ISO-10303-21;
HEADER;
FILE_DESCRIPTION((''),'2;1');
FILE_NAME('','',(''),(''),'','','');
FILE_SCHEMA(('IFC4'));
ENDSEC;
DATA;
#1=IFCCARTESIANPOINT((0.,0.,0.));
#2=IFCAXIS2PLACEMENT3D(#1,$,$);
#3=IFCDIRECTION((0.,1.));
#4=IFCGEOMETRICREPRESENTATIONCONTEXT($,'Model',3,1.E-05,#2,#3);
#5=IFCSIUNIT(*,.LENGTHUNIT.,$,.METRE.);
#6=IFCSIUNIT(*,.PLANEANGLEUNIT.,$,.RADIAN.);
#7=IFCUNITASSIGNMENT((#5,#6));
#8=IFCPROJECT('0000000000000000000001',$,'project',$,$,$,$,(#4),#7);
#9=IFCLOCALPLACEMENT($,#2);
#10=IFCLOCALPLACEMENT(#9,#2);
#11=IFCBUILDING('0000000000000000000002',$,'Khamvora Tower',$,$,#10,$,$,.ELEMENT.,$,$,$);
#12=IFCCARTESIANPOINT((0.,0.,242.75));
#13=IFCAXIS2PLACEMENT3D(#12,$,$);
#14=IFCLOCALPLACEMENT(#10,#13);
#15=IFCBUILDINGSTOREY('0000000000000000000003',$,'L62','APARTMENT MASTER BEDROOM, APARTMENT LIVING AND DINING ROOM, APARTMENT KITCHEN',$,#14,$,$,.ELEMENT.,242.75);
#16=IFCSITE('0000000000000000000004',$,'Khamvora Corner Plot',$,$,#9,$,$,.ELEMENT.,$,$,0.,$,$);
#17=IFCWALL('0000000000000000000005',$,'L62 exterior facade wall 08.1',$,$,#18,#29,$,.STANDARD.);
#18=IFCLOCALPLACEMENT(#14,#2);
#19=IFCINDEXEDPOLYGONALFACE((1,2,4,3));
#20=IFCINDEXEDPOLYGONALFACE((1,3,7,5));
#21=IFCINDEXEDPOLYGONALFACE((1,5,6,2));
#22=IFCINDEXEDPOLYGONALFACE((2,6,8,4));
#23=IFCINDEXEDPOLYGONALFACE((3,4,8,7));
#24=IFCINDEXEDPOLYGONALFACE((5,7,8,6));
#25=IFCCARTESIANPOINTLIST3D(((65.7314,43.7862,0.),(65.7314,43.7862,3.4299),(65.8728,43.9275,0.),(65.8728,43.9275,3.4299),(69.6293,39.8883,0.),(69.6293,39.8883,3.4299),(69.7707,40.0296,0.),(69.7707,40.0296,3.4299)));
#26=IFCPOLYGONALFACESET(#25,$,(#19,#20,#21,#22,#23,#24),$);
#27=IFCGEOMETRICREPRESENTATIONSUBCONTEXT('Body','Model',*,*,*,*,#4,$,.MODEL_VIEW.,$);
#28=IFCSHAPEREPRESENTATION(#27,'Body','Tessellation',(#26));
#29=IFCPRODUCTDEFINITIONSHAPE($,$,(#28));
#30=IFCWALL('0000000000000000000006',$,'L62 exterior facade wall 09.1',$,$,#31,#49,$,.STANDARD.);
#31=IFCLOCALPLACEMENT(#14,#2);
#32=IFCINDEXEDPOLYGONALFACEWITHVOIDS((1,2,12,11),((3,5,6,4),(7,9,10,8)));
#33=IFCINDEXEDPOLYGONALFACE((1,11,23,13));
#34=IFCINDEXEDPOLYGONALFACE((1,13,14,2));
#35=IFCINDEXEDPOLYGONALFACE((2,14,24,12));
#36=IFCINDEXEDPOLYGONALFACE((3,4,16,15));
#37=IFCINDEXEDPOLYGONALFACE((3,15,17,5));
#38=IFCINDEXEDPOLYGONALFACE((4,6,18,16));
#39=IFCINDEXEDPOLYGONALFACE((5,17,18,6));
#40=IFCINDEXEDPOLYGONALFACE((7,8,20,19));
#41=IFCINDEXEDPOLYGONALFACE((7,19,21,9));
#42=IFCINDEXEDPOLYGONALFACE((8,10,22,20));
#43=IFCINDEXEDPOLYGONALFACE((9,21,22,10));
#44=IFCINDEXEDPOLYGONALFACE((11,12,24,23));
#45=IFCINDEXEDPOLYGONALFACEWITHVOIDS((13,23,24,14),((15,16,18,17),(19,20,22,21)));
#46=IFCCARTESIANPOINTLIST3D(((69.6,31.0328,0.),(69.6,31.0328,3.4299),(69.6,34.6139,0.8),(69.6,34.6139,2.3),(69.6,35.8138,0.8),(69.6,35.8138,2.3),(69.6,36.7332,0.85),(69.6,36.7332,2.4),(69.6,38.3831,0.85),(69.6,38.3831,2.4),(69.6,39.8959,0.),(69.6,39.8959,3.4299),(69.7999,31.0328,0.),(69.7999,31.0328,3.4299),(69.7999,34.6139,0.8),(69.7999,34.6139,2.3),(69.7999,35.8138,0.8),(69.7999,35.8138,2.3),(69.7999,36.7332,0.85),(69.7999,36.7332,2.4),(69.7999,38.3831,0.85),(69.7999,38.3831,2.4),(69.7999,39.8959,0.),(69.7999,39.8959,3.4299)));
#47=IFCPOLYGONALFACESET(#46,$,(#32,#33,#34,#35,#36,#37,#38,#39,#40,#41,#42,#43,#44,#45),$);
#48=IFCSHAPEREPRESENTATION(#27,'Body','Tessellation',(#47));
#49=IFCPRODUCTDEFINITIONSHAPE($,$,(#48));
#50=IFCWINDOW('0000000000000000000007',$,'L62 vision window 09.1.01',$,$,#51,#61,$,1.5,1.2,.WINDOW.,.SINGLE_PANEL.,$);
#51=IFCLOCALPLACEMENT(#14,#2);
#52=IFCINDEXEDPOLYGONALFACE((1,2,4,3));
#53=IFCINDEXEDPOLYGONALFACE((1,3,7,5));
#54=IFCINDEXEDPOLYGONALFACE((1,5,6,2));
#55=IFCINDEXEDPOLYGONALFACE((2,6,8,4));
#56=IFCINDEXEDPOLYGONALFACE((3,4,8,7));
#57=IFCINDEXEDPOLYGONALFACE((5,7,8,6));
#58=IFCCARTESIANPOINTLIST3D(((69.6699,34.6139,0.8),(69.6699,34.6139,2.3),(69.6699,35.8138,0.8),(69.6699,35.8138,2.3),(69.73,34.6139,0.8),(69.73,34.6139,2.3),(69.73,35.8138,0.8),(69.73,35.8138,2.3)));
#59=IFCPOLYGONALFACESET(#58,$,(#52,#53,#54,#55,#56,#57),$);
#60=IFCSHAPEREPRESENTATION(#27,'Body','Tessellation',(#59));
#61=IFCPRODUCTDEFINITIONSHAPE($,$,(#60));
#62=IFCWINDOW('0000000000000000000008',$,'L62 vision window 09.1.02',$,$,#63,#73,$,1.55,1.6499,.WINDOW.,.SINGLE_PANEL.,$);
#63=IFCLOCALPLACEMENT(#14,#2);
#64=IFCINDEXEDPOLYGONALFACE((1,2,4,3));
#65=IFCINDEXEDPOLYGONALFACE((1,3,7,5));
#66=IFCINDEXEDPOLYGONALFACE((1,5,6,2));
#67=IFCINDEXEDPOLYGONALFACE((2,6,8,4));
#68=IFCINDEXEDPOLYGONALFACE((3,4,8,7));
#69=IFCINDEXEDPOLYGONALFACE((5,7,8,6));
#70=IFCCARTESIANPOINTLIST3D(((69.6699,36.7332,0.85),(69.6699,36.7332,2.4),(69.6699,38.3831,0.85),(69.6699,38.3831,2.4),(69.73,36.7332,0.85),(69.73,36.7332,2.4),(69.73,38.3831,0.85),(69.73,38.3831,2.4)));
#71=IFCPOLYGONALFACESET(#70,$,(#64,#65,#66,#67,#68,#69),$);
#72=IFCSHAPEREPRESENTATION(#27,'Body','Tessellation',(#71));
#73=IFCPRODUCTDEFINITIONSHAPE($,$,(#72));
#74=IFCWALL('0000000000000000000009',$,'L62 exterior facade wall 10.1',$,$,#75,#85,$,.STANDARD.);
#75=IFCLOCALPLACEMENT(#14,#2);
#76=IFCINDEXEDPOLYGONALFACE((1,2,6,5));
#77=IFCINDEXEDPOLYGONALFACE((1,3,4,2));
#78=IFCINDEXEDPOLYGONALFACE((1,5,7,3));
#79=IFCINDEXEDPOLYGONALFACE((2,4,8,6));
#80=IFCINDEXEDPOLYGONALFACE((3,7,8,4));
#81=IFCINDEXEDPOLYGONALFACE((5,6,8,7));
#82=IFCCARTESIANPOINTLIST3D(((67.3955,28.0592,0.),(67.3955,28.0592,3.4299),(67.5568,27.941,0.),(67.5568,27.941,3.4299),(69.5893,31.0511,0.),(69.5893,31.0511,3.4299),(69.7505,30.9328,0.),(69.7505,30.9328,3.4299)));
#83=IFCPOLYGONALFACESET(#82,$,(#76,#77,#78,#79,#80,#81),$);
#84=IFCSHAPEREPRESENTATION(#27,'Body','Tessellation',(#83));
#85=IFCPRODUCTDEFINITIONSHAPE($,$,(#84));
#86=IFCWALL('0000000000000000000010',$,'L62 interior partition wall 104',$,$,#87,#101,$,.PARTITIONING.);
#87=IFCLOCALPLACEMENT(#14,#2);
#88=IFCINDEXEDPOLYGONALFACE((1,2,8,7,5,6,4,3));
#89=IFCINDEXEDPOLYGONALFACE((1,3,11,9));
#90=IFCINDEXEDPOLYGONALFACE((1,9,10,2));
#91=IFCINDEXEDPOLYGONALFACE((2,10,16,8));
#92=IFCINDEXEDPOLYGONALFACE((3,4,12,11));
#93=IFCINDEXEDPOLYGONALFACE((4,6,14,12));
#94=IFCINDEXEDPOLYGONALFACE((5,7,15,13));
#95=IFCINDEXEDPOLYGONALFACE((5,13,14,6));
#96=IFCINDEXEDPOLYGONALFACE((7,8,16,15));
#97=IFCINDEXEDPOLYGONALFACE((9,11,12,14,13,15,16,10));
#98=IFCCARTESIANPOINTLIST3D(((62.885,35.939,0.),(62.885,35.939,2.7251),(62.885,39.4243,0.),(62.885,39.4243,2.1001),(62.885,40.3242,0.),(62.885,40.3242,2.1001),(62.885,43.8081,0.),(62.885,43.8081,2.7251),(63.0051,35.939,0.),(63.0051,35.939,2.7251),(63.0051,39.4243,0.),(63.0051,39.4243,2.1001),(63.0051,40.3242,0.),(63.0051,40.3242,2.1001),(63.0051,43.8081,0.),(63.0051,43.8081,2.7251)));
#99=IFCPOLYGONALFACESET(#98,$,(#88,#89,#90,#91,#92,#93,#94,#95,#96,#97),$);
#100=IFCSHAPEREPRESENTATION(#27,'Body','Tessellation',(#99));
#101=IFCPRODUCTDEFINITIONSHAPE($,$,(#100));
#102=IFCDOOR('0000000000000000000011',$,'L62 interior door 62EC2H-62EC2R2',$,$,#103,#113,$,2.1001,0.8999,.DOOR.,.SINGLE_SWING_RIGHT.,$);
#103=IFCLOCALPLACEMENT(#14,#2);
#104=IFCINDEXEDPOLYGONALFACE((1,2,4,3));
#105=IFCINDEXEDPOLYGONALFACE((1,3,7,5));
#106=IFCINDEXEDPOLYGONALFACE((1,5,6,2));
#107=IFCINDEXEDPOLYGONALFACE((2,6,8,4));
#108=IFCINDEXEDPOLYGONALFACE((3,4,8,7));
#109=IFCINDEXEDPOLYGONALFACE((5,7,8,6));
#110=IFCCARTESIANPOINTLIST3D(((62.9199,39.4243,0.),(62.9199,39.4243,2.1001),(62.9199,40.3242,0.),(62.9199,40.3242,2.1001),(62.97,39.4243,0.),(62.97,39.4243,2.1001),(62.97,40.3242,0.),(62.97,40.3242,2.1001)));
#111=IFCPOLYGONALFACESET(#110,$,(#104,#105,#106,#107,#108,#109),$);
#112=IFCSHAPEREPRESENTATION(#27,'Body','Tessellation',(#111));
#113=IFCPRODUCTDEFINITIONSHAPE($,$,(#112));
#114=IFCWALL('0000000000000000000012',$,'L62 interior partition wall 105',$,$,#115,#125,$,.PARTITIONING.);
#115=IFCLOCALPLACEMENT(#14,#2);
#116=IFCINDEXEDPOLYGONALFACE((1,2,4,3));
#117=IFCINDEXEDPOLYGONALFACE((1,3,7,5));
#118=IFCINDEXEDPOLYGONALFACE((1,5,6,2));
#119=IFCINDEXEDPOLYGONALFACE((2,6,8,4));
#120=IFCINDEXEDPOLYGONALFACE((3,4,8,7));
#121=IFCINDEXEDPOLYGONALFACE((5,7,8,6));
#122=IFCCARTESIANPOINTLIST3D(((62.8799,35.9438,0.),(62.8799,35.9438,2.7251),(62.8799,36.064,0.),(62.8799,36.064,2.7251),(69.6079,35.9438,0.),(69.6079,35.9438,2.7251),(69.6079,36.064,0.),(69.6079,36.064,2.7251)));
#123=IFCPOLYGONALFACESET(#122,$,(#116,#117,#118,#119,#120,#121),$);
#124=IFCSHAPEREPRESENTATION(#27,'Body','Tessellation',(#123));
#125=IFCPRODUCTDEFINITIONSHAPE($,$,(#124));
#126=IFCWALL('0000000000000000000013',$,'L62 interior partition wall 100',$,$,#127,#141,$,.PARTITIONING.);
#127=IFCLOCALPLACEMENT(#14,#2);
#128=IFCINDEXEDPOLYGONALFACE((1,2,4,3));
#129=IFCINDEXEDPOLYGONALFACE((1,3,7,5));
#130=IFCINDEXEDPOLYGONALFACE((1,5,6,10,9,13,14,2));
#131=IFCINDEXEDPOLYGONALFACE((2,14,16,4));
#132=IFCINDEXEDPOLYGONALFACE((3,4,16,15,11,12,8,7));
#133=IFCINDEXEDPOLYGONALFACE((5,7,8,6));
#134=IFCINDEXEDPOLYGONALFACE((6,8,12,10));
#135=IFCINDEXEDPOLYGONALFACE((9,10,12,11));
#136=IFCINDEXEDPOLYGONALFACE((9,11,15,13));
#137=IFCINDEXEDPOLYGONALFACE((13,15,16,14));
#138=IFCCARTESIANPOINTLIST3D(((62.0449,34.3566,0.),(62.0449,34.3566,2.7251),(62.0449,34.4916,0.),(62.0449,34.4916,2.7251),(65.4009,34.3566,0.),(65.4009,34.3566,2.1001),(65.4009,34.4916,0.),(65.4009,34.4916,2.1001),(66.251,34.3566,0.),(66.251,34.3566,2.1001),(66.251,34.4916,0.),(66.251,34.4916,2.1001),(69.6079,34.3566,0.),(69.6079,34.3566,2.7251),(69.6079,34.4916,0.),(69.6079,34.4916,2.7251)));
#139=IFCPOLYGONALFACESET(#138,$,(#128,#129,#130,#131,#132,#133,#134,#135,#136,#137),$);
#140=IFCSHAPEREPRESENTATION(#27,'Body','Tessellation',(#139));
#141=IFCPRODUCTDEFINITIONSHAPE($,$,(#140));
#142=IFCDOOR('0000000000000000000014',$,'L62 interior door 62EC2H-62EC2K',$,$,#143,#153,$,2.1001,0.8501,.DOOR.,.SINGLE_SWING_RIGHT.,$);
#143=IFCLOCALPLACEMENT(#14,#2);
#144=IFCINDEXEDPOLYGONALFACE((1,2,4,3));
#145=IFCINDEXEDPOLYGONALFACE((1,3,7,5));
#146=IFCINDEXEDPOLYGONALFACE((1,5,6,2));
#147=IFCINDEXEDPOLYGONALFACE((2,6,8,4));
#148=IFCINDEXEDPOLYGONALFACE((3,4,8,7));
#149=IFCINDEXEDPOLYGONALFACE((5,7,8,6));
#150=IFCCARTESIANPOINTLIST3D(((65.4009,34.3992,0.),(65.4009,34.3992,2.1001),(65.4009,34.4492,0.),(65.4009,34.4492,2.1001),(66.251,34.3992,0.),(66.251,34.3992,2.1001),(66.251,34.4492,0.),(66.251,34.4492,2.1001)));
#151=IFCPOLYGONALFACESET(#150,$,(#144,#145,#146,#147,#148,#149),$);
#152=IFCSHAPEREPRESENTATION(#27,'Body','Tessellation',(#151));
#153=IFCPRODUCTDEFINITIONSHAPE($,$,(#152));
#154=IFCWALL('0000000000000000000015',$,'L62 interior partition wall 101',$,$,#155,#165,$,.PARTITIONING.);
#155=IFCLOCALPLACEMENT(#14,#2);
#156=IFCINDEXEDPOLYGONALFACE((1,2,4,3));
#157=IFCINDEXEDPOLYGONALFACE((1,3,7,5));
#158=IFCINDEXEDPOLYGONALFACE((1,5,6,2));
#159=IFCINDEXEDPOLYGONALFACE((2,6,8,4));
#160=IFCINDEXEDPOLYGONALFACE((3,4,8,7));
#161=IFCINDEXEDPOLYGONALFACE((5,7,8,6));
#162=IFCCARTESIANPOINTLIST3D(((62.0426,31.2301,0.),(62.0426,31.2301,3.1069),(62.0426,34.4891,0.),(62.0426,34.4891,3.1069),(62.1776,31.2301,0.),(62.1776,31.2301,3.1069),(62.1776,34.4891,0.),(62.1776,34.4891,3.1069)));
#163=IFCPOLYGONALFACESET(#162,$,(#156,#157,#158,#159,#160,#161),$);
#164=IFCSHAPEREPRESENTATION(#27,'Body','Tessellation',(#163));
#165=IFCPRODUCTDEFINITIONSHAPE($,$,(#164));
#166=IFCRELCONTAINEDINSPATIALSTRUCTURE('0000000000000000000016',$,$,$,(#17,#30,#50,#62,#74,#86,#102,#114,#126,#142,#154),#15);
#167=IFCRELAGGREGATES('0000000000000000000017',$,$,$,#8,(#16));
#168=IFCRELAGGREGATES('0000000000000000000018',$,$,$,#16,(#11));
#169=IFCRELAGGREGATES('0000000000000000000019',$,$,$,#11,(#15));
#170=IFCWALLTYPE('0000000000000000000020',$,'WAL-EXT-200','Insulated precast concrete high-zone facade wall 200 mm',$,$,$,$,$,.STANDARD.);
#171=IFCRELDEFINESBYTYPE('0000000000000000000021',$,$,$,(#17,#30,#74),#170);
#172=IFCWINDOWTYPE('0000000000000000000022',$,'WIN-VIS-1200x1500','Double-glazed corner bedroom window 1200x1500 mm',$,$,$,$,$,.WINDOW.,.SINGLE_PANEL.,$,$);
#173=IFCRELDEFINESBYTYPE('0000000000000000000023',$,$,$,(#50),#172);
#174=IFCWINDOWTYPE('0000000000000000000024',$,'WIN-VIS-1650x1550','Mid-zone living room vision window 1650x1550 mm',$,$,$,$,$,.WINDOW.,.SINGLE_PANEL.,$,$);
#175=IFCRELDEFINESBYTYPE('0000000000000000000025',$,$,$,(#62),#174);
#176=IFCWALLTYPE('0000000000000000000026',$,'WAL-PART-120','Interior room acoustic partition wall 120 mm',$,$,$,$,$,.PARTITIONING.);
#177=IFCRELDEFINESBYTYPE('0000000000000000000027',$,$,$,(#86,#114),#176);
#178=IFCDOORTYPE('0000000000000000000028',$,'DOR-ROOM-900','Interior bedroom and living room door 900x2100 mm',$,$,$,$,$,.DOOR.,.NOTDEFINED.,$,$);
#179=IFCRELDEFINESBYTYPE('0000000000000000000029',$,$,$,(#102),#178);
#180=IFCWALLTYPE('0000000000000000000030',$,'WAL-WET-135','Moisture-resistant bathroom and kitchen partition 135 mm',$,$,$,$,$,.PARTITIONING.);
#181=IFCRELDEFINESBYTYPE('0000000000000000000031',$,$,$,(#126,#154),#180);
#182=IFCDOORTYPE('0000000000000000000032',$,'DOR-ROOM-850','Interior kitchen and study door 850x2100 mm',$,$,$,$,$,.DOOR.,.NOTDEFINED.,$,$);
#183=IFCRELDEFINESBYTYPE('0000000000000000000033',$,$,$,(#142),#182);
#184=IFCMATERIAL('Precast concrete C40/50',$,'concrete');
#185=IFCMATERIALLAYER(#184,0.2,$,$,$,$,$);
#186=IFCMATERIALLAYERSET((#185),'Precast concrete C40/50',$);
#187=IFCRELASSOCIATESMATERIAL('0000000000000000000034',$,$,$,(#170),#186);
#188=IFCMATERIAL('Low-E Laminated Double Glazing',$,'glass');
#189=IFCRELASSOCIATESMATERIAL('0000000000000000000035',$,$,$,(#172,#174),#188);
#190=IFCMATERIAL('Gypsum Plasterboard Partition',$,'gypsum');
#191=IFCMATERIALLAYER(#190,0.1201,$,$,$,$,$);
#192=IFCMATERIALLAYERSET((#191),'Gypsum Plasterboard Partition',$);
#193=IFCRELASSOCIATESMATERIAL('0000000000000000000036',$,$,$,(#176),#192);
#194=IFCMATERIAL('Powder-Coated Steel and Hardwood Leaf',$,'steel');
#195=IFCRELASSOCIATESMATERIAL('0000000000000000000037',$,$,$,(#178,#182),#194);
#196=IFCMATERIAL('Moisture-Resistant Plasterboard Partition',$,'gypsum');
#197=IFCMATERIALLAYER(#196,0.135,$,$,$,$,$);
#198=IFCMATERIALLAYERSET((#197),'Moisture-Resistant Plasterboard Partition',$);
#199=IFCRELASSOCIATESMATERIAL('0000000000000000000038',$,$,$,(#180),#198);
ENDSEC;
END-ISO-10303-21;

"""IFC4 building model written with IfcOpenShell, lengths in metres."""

from ifc_helpers import new_model, si_unit, direction, frame, frame_2d, origin, place, context, subcontext, project, spatial, rectangle, extrude, material, layer, layer_set, type_object, element, fill, save


model = new_model("IFC4")

# Units and contexts
model_context = context("Model", 3, precision=1e-05, world=origin(), true_north=direction((0.0, 1.0)))
body_context = subcontext(model_context, "Body", "Model", "MODEL_VIEW")
ifc_project = project(units=[si_unit("LENGTHUNIT", "METRE"), si_unit("PLANEANGLEUNIT", "RADIAN")], contexts=[model_context])

# Site, building, storey
site_placement = place(None, origin())
site = spatial("IfcSite", under=ifc_project, at=site_placement, Name="Khamvora Corner Plot", CompositionType="ELEMENT", RefElevation=0.0)
building_placement = place(site_placement, origin())
building = spatial("IfcBuilding", under=site, at=building_placement, Name="Khamvora Tower", CompositionType="ELEMENT")
storey_placement = place(building_placement, frame((0.0, 0.0, 242.75)))
storey = spatial("IfcBuildingStorey", under=building, at=storey_placement, Name="L62", Description="APARTMENT MASTER BEDROOM, APARTMENT LIVING AND DINING ROOM, APARTMENT KITCHEN", CompositionType="ELEMENT", Elevation=242.75)

# Shared definitions
ifc_material_1 = material(Name="Powder-Coated Steel and Hardwood Leaf", Category="steel")

# Wall
ifc_material_2 = material(Name="Precast concrete C40/50", Category="concrete")
ifc_layer_1 = layer(ifc_material_2, 0.2)
ifc_layer_set_1 = layer_set([ifc_layer_1], Name="Precast concrete C40/50")
wall_type_1 = type_object("IfcWallType", Name="WAL-EXT-200", Description="Insulated precast concrete high-zone facade wall 200 mm", PredefinedType="STANDARD", material=ifc_layer_set_1)
wall_1_placement = place(storey_placement, frame((65.802, 43.8569, 0.0), z_axis=(0.0, 0.0, 1.0), x_axis=(0.707107, -0.707107, 0.0)))
element("IfcWall", 1, at=wall_1_placement, inside=storey, type_object=wall_type_1, Name="L62 exterior facade wall 08.1", PredefinedType="STANDARD", context=body_context, shape_type="SweptSolid", body=[
    extrude(rectangle(XDim=5.5125, YDim=0.2, at=frame_2d((2.7563, 0.0))), origin(), (0.0, 0.0, 1.0), 3.4299),
])

# Wall, openings, windows
wall_2_placement = place(storey_placement, frame((69.7, 39.896, 0.0), z_axis=(0.0, 0.0, 1.0), x_axis=(0.0, -1.0, 0.0)))
wall_2 = element("IfcWall", 2, at=wall_2_placement, inside=storey, type_object=wall_type_1, Name="L62 exterior facade wall 09.1", PredefinedType="STANDARD", context=body_context, shape_type="SweptSolid", body=[
    extrude(rectangle(XDim=8.863, YDim=0.2, at=frame_2d((4.4316, 0.0))), origin(), (0.0, 0.0, 1.0), 3.4299),
])
opening_1_placement = place(wall_2_placement, frame((4.082, 0.0, 0.8)))
opening_1 = element("IfcOpeningElement", 3, at=opening_1_placement, cuts=wall_2, PredefinedType="OPENING", context=body_context, shape_type="SweptSolid", body=[
    extrude(rectangle(XDim=1.2, YDim=1.5, at=frame_2d((0.6001, 0.75))), frame((0.0, 0.1099, 0.0), z_axis=(0.0, -1.0, 0.0), x_axis=(1.0, 0.0, 0.0)), (0.0, 0.0, 1.0), 0.22),
])
opening_2_placement = place(wall_2_placement, frame((1.5129, 0.0, 0.8501)))
opening_2 = element("IfcOpeningElement", 4, at=opening_2_placement, cuts=wall_2, PredefinedType="OPENING", context=body_context, shape_type="SweptSolid", body=[
    extrude(rectangle(XDim=1.6499, YDim=1.55, at=frame_2d((0.825, 0.7749))), frame((0.0, 0.1099, 0.0), z_axis=(0.0, -1.0, 0.0), x_axis=(1.0, 0.0, 0.0)), (0.0, 0.0, 1.0), 0.22),
])
ifc_material_3 = material(Name="Low-E Laminated Double Glazing", Category="glass")
window_type_1 = type_object("IfcWindowType", Name="WIN-VIS-1200x1500", Description="Double-glazed corner bedroom window 1200x1500 mm", PartitioningType="SINGLE_PANEL", PredefinedType="WINDOW", material=ifc_material_3)
window_1_placement = place(opening_1_placement, origin())
window_1 = element("IfcWindow", 5, at=window_1_placement, inside=storey, type_object=window_type_1, Name="L62 vision window 09.1.01", OverallHeight=1.5, OverallWidth=1.2, PartitioningType="SINGLE_PANEL", PredefinedType="WINDOW", context=body_context, shape_type="SweptSolid", body=[
    extrude(rectangle(XDim=1.2, YDim=1.5, at=frame_2d((0.6001, 0.75))), frame((0.0, 0.03, 0.0), z_axis=(0.0, -1.0, 0.0), x_axis=(1.0, 0.0, 0.0)), (0.0, 0.0, 1.0), 0.0601),
])
fill(opening_1, window_1)
window_type_2 = type_object("IfcWindowType", Name="WIN-VIS-1650x1550", Description="Mid-zone living room vision window 1650x1550 mm", PartitioningType="SINGLE_PANEL", PredefinedType="WINDOW", material=ifc_material_3)
window_2_placement = place(opening_2_placement, origin())
window_2 = element("IfcWindow", 6, at=window_2_placement, inside=storey, type_object=window_type_2, Name="L62 vision window 09.1.02", OverallHeight=1.55, OverallWidth=1.6499, PartitioningType="SINGLE_PANEL", PredefinedType="WINDOW", context=body_context, shape_type="SweptSolid", body=[
    extrude(rectangle(XDim=1.6499, YDim=1.55, at=frame_2d((0.825, 0.7749))), frame((0.0, 0.03, 0.0), z_axis=(0.0, -1.0, 0.0), x_axis=(1.0, 0.0, 0.0)), (0.0, 0.0, 1.0), 0.0601),
])
fill(opening_2, window_2)

# Wall
wall_3_placement = place(storey_placement, frame((69.6699, 30.9919, 0.0), z_axis=(0.0, 0.0, 1.0), x_axis=(-0.591321, -0.806436, 0.0)))
element("IfcWall", 7, at=wall_3_placement, inside=storey, type_object=wall_type_1, Name="L62 exterior facade wall 10.1", PredefinedType="STANDARD", context=body_context, shape_type="SweptSolid", body=[
    extrude(rectangle(XDim=3.71, YDim=0.2, at=frame_2d((1.855, 0.0))), origin(), (0.0, 0.0, 1.0), 3.4299),
])

# Wall, opening, door
ifc_material_4 = material(Name="Gypsum Plasterboard Partition", Category="gypsum")
ifc_layer_2 = layer(ifc_material_4, 0.1201)
ifc_layer_set_2 = layer_set([ifc_layer_2], Name="Gypsum Plasterboard Partition")
wall_type_2 = type_object("IfcWallType", Name="WAL-PART-120", Description="Interior room acoustic partition wall 120 mm", PredefinedType="PARTITIONING", material=ifc_layer_set_2)
wall_4_placement = place(storey_placement, frame((62.9451, 43.8081, 0.0), z_axis=(0.0, 0.0, 1.0), x_axis=(0.0, -1.0, 0.0)))
wall_4 = element("IfcWall", 8, at=wall_4_placement, inside=storey, type_object=wall_type_2, Name="L62 interior partition wall 104", PredefinedType="PARTITIONING", context=body_context, shape_type="SweptSolid", body=[
    extrude(rectangle(XDim=7.8691, YDim=0.1201, at=frame_2d((3.9346, 0.0))), origin(), (0.0, 0.0, 1.0), 2.7251),
])
opening_3_placement = place(wall_4_placement, frame((3.4839, 0.0, 0.0)))
opening_3 = element("IfcOpeningElement", 9, at=opening_3_placement, cuts=wall_4, PredefinedType="OPENING", context=body_context, shape_type="SweptSolid", body=[
    extrude(rectangle(XDim=0.8999, YDim=2.1001, at=frame_2d((0.45, 1.05))), frame((0.0, 0.0701, 0.0), z_axis=(0.0, -1.0, 0.0), x_axis=(1.0, 0.0, 0.0)), (0.0, 0.0, 1.0), 0.1401),
])
door_type_1 = type_object("IfcDoorType", Name="DOR-ROOM-900", Description="Interior bedroom and living room door 900x2100 mm", OperationType="NOTDEFINED", PredefinedType="DOOR", material=ifc_material_1)
door_1_placement = place(opening_3_placement, origin())
door_1 = element("IfcDoor", 10, at=door_1_placement, inside=storey, type_object=door_type_1, Name="L62 interior door 62EC2H-62EC2R2", OperationType="SINGLE_SWING_RIGHT", OverallHeight=2.1001, OverallWidth=0.8999, PredefinedType="DOOR", context=body_context, shape_type="SweptSolid", body=[
    extrude(rectangle(XDim=0.8999, YDim=2.1001, at=frame_2d((0.45, 1.05))), frame((0.0, 0.0249, 0.0), z_axis=(0.0, -1.0, 0.0), x_axis=(1.0, 0.0, 0.0)), (0.0, 0.0, 1.0), 0.05),
])
fill(opening_3, door_1)

# Wall
wall_5_placement = place(storey_placement, frame((62.8799, 36.0039, 0.0), z_axis=(0.0, 0.0, 1.0), x_axis=(1.0, 0.0, 0.0)))
element("IfcWall", 11, at=wall_5_placement, inside=storey, type_object=wall_type_2, Name="L62 interior partition wall 105", PredefinedType="PARTITIONING", context=body_context, shape_type="SweptSolid", body=[
    extrude(rectangle(XDim=6.728, YDim=0.1201, at=frame_2d((3.364, 0.0))), origin(), (0.0, 0.0, 1.0), 2.7251),
])

# Wall, opening, door
ifc_material_5 = material(Name="Moisture-Resistant Plasterboard Partition", Category="gypsum")
ifc_layer_3 = layer(ifc_material_5, 0.135)
ifc_layer_set_3 = layer_set([ifc_layer_3], Name="Moisture-Resistant Plasterboard Partition")
wall_type_3 = type_object("IfcWallType", Name="WAL-WET-135", Description="Moisture-resistant bathroom and kitchen partition 135 mm", PredefinedType="PARTITIONING", material=ifc_layer_set_3)
wall_6_placement = place(storey_placement, frame((69.6079, 34.4241, 0.0), z_axis=(0.0, 0.0, 1.0), x_axis=(-1.0, 0.0, 0.0)))
wall_6 = element("IfcWall", 12, at=wall_6_placement, inside=storey, type_object=wall_type_3, Name="L62 interior partition wall 100", PredefinedType="PARTITIONING", context=body_context, shape_type="SweptSolid", body=[
    extrude(rectangle(XDim=7.563, YDim=0.135, at=frame_2d((3.7815, 0.0))), origin(), (0.0, 0.0, 1.0), 2.7251),
])
opening_4_placement = place(wall_6_placement, frame((3.3569, 0.0, 0.0)))
opening_4 = element("IfcOpeningElement", 13, at=opening_4_placement, cuts=wall_6, PredefinedType="OPENING", context=body_context, shape_type="SweptSolid", body=[
    extrude(rectangle(XDim=0.8501, YDim=2.1001, at=frame_2d((0.425, 1.05))), frame((0.0, 0.0774, 0.0), z_axis=(0.0, -1.0, 0.0), x_axis=(1.0, 0.0, 0.0)), (0.0, 0.0, 1.0), 0.155),
])
door_type_2 = type_object("IfcDoorType", Name="DOR-ROOM-850", Description="Interior kitchen and study door 850x2100 mm", OperationType="NOTDEFINED", PredefinedType="DOOR", material=ifc_material_1)
door_2_placement = place(opening_4_placement, origin())
door_2 = element("IfcDoor", 14, at=door_2_placement, inside=storey, type_object=door_type_2, Name="L62 interior door 62EC2H-62EC2K", OperationType="SINGLE_SWING_RIGHT", OverallHeight=2.1001, OverallWidth=0.8501, PredefinedType="DOOR", context=body_context, shape_type="SweptSolid", body=[
    extrude(rectangle(XDim=0.8501, YDim=2.1001, at=frame_2d((0.425, 1.05))), frame((0.0, 0.0249, 0.0), z_axis=(0.0, -1.0, 0.0), x_axis=(1.0, 0.0, 0.0)), (0.0, 0.0, 1.0), 0.05),
])
fill(opening_4, door_2)

# Wall
wall_7_placement = place(storey_placement, frame((62.1101, 34.489, 0.0), z_axis=(0.0, 0.0, 1.0), x_axis=(0.0, -1.0, 0.0)))
element("IfcWall", 15, at=wall_7_placement, inside=storey, type_object=wall_type_3, Name="L62 interior partition wall 101", PredefinedType="PARTITIONING", context=body_context, shape_type="SweptSolid", body=[
    extrude(rectangle(XDim=3.259, YDim=0.135, at=frame_2d((1.6294, 0.0))), origin(), (0.0, 0.0, 1.0), 3.1069),
])

save(model, "model.ifc")
